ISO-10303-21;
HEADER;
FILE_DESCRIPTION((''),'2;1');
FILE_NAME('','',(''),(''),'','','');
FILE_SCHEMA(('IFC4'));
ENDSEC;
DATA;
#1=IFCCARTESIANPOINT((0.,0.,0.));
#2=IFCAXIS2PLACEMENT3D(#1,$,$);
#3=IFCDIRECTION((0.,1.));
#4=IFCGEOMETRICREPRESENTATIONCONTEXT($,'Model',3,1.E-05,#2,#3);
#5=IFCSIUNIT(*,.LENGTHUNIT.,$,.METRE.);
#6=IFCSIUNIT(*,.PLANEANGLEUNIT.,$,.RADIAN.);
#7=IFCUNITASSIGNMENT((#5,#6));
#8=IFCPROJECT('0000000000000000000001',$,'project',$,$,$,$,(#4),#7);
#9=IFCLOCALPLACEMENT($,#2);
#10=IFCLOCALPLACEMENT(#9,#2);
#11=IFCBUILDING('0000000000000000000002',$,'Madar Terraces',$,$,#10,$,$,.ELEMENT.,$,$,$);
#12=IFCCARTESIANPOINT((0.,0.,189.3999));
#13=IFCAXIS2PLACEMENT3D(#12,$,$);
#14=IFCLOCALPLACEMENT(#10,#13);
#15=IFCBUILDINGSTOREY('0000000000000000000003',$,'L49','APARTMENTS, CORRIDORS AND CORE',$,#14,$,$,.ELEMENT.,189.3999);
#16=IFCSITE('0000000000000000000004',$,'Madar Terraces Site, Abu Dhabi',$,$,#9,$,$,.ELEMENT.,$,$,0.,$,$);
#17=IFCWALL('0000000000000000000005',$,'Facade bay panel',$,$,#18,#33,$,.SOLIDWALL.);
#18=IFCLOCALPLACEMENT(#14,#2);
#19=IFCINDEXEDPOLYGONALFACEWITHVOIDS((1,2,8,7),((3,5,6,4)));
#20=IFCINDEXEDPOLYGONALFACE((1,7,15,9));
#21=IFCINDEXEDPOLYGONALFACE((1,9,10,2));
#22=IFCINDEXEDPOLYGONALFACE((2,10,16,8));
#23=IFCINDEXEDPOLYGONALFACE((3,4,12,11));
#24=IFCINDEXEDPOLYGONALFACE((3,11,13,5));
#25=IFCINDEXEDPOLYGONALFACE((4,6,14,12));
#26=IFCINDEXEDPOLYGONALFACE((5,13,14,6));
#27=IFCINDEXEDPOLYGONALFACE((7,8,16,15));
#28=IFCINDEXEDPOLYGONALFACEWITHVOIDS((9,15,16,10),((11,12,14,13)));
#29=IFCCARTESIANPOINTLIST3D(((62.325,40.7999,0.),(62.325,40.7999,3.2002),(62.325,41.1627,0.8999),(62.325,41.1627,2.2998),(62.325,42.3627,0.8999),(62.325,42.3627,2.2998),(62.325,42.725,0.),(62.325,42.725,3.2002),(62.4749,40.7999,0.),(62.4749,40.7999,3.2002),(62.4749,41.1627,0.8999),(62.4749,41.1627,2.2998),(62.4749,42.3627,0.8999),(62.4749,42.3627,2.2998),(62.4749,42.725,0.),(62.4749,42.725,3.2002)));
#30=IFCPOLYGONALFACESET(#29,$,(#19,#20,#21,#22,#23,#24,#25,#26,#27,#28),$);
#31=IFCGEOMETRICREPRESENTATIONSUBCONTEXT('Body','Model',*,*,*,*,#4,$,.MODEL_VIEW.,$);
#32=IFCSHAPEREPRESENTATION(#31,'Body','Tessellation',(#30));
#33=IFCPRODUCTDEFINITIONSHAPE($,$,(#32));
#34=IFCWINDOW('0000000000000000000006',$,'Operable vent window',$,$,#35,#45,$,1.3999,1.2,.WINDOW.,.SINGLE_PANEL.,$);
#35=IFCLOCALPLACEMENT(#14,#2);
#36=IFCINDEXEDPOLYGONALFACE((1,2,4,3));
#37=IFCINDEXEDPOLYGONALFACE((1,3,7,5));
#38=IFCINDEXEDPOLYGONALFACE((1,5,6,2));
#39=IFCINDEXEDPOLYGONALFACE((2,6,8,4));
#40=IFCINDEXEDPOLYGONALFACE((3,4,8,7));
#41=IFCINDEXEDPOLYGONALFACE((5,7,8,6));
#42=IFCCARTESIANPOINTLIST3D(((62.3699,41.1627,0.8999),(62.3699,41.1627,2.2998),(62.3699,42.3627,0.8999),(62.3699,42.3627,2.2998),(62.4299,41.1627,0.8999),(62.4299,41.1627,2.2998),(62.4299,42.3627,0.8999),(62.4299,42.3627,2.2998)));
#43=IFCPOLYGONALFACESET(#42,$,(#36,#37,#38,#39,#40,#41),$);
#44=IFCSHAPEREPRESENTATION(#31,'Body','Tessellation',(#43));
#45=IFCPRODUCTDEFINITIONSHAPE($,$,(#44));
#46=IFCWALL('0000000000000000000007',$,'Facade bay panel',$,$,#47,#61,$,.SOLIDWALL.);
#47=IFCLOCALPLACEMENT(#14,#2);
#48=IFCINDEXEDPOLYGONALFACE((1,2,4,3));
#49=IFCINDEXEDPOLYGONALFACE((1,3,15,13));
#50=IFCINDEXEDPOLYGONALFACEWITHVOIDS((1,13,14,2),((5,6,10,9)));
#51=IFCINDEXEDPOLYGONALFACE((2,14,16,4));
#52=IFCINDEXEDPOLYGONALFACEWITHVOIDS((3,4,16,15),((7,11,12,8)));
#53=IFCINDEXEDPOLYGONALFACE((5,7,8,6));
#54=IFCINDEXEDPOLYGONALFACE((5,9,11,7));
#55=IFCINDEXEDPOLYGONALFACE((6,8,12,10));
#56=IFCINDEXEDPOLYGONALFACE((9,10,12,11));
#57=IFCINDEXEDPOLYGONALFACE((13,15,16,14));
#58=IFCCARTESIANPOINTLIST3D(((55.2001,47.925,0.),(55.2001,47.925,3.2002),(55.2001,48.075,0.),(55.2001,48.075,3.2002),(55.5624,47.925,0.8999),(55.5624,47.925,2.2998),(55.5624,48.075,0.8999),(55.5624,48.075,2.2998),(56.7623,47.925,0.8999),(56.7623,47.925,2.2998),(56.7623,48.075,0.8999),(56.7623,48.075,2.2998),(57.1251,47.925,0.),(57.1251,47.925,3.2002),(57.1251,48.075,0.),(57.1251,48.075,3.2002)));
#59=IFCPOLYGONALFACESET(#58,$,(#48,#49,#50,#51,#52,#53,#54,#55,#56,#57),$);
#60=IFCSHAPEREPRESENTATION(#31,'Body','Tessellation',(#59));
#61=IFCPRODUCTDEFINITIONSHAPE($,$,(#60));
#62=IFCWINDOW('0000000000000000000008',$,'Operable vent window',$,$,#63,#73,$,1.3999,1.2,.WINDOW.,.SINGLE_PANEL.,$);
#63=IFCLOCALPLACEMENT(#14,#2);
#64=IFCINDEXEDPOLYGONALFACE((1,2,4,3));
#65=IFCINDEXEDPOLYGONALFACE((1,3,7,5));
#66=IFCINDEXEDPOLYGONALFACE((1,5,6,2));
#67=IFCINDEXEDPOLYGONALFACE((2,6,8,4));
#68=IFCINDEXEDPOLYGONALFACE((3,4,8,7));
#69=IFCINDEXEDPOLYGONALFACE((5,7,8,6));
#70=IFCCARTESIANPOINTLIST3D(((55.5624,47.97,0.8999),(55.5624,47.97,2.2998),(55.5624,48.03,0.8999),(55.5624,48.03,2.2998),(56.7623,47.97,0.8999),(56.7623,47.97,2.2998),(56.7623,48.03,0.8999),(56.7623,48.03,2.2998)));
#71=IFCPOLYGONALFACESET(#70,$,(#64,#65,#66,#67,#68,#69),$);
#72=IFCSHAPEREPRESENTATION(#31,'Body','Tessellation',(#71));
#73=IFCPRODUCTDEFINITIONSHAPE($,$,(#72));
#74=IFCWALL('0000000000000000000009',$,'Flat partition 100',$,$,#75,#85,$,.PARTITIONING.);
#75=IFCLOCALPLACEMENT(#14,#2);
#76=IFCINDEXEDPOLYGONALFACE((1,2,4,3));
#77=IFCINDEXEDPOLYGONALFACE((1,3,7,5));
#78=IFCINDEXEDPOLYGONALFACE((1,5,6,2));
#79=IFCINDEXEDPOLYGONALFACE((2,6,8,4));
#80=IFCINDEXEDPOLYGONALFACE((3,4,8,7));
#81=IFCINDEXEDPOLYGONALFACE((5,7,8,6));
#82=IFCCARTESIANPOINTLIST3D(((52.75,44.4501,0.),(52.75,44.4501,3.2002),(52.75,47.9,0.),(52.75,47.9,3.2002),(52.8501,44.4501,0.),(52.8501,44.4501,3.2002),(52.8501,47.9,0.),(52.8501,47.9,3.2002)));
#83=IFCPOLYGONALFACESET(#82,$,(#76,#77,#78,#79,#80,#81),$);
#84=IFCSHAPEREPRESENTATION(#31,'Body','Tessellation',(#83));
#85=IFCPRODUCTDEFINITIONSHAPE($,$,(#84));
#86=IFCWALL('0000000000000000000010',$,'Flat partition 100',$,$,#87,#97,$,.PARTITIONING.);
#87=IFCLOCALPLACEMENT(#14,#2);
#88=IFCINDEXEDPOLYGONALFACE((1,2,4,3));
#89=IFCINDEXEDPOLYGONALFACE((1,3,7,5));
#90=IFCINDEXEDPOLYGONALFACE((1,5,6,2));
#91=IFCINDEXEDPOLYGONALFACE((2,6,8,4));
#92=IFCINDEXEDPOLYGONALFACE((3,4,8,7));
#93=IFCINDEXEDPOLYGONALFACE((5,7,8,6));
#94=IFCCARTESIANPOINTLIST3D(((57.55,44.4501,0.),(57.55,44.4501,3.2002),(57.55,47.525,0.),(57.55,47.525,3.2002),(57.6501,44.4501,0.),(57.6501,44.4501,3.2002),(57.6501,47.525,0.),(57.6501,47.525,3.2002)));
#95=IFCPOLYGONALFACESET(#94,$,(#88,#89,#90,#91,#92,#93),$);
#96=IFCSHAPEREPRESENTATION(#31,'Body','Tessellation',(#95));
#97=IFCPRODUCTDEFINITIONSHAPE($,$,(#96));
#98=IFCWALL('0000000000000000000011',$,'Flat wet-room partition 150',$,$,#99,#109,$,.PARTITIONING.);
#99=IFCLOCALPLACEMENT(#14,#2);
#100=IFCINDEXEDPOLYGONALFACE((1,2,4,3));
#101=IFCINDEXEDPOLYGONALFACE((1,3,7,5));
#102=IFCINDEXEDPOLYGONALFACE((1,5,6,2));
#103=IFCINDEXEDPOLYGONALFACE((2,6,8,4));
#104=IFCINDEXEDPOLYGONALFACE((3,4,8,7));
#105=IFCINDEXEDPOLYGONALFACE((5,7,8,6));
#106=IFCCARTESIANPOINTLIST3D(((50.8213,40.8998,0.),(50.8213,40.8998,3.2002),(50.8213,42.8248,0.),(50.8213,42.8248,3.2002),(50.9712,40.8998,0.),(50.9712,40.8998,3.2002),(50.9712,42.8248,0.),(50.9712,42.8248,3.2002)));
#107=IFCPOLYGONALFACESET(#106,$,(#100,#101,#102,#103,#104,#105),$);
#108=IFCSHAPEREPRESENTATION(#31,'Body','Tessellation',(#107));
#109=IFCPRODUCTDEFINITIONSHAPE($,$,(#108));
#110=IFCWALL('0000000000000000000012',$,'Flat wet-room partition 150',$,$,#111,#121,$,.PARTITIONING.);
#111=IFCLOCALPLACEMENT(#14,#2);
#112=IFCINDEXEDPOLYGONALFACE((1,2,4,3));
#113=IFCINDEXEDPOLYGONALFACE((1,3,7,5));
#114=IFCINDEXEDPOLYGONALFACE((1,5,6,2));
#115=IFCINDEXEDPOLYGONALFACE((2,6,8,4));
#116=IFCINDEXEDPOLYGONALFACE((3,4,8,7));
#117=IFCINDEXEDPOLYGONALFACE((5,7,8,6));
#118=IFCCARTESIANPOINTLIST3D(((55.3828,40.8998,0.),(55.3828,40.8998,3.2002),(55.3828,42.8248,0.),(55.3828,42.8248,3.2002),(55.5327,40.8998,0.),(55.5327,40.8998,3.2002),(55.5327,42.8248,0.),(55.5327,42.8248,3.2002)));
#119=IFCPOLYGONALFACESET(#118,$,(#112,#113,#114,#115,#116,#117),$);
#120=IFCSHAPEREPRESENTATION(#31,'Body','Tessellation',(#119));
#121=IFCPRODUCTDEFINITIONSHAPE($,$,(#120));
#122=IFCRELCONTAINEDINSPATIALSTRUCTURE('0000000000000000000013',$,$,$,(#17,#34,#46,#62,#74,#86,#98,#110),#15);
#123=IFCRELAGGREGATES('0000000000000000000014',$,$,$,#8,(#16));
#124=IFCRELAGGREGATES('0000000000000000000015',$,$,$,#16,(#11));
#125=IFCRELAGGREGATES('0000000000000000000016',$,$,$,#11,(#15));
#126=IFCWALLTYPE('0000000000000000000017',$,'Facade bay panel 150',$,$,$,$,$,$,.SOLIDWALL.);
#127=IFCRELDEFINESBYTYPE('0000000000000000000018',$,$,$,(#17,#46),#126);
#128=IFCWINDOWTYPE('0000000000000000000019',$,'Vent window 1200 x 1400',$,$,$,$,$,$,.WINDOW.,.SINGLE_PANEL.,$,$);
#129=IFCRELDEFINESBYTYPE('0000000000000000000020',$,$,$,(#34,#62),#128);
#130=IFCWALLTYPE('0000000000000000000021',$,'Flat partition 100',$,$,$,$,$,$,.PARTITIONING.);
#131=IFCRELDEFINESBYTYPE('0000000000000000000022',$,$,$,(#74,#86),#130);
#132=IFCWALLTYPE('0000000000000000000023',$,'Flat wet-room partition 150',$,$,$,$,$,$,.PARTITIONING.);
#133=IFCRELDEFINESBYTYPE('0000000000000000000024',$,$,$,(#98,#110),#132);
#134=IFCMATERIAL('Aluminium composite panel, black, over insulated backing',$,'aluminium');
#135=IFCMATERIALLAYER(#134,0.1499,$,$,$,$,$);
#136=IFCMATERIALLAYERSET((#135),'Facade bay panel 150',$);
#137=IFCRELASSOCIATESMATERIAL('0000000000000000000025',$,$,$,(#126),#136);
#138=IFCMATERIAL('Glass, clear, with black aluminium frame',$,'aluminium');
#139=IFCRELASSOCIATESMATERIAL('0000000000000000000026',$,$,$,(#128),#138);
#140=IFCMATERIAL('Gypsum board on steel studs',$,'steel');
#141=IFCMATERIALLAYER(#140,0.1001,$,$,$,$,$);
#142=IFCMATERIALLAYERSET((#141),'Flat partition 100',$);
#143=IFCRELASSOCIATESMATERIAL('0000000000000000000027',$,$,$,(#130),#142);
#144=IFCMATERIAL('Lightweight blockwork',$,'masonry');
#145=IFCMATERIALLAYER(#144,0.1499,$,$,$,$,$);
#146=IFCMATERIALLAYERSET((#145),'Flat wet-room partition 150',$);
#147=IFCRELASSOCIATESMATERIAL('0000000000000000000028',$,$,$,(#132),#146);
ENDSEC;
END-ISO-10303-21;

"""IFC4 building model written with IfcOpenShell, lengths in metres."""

from ifc_helpers import new_model, si_unit, direction, frame, frame_2d, origin, place, context, subcontext, project, spatial, rectangle, extrude, material, layer, layer_set, type_object, element, fill, save


model = new_model("IFC4")

# Units and contexts
model_context = context("Model", 3, precision=1e-05, world=origin(), true_north=direction((0.0, 1.0)))
body_context = subcontext(model_context, "Body", "Model", "MODEL_VIEW")
ifc_project = project(units=[si_unit("LENGTHUNIT", "METRE"), si_unit("PLANEANGLEUNIT", "RADIAN")], contexts=[model_context])

# Site, building, storey
site_placement = place(None, origin())
site = spatial("IfcSite", under=ifc_project, at=site_placement, Name="Madar Terraces Site, Abu Dhabi", CompositionType="ELEMENT", RefElevation=0.0)
building_placement = place(site_placement, origin())
building = spatial("IfcBuilding", under=site, at=building_placement, Name="Madar Terraces", CompositionType="ELEMENT")
storey_placement = place(building_placement, frame((0.0, 0.0, 189.3999)))
storey = spatial("IfcBuildingStorey", under=building, at=storey_placement, Name="L49", Description="APARTMENTS, CORRIDORS AND CORE", CompositionType="ELEMENT", Elevation=189.3999)

# Walls, openings, windows
ifc_material_1 = material(Name="Aluminium composite panel, black, over insulated backing", Category="aluminium")
ifc_layer_1 = layer(ifc_material_1, 0.1499)
ifc_layer_set_1 = layer_set([ifc_layer_1], Name="Facade bay panel 150")
wall_type_1 = type_object("IfcWallType", Name="Facade bay panel 150", PredefinedType="SOLIDWALL", material=ifc_layer_set_1)
wall_1_placement = place(storey_placement, frame((62.3999, 40.8, 0.0), z_axis=(0.0, 0.0, 1.0), x_axis=(0.0, 1.0, 0.0)))
wall_1 = element("IfcWall", 1, at=wall_1_placement, inside=storey, type_object=wall_type_1, Name="Facade bay panel", PredefinedType="SOLIDWALL", context=body_context, shape_type="SweptSolid", body=[
    extrude(rectangle(XDim=1.925, YDim=0.1499, at=frame_2d((0.9624, 0.0))), origin(), (0.0, 0.0, 1.0), 3.2002),
])
opening_1_placement = place(wall_1_placement, frame((0.3625, 0.0, 0.8999)))
opening_1 = element("IfcOpeningElement", 2, at=opening_1_placement, cuts=wall_1, PredefinedType="OPENING", context=body_context, shape_type="SweptSolid", body=[
    extrude(rectangle(XDim=1.2, YDim=1.3999, at=frame_2d((0.6001, 0.7))), frame((0.0, 0.085, 0.0), z_axis=(0.0, -1.0, 0.0), x_axis=(1.0, 0.0, 0.0)), (0.0, 0.0, 1.0), 0.1699),
])
ifc_material_2 = material(Name="Glass, clear, with black aluminium frame", Category="aluminium")
window_type = type_object("IfcWindowType", Name="Vent window 1200 x 1400", PartitioningType="SINGLE_PANEL", PredefinedType="WINDOW", material=ifc_material_2)
window_1_placement = place(opening_1_placement, origin())
window_1 = element("IfcWindow", 3, at=window_1_placement, inside=storey, type_object=window_type, Name="Operable vent window", OverallHeight=1.3999, OverallWidth=1.2, PartitioningType="SINGLE_PANEL", PredefinedType="WINDOW", context=body_context, shape_type="SweptSolid", body=[
    extrude(rectangle(XDim=1.2, YDim=1.3999, at=frame_2d((0.6001, 0.7))), frame((0.0, 0.03, 0.0), z_axis=(0.0, -1.0, 0.0), x_axis=(1.0, 0.0, 0.0)), (0.0, 0.0, 1.0), 0.0601),
])
fill(opening_1, window_1)
wall_2_placement = place(storey_placement, frame((57.125, 48.0, 0.0), z_axis=(0.0, 0.0, 1.0), x_axis=(-1.0, 0.0, 0.0)))
wall_2 = element("IfcWall", 4, at=wall_2_placement, inside=storey, type_object=wall_type_1, Name="Facade bay panel", PredefinedType="SOLIDWALL", context=body_context, shape_type="SweptSolid", body=[
    extrude(rectangle(XDim=1.925, YDim=0.1499, at=frame_2d((0.9624, 0.0))), origin(), (0.0, 0.0, 1.0), 3.2002),
])
opening_2_placement = place(wall_2_placement, frame((0.3625, 0.0, 0.8999)))
opening_2 = element("IfcOpeningElement", 5, at=opening_2_placement, cuts=wall_2, PredefinedType="OPENING", context=body_context, shape_type="SweptSolid", body=[
    extrude(rectangle(XDim=1.2, YDim=1.3999, at=frame_2d((0.6001, 0.7))), frame((0.0, 0.085, 0.0), z_axis=(0.0, -1.0, 0.0), x_axis=(1.0, 0.0, 0.0)), (0.0, 0.0, 1.0), 0.1699),
])
window_2_placement = place(opening_2_placement, origin())
window_2 = element("IfcWindow", 6, at=window_2_placement, inside=storey, type_object=window_type, Name="Operable vent window", OverallHeight=1.3999, OverallWidth=1.2, PartitioningType="SINGLE_PANEL", PredefinedType="WINDOW", context=body_context, shape_type="SweptSolid", body=[
    extrude(rectangle(XDim=1.2, YDim=1.3999, at=frame_2d((0.6001, 0.7))), frame((0.0, 0.03, 0.0), z_axis=(0.0, -1.0, 0.0), x_axis=(1.0, 0.0, 0.0)), (0.0, 0.0, 1.0), 0.0601),
])
fill(opening_2, window_2)

# Walls
ifc_material_3 = material(Name="Gypsum board on steel studs", Category="steel")
ifc_layer_2 = layer(ifc_material_3, 0.1001)
ifc_layer_set_2 = layer_set([ifc_layer_2], Name="Flat partition 100")
wall_type_2 = type_object("IfcWallType", Name="Flat partition 100", PredefinedType="PARTITIONING", material=ifc_layer_set_2)
wall_3_placement = place(storey_placement, frame((52.8, 44.45, 0.0), z_axis=(0.0, 0.0, 1.0), x_axis=(0.0, 1.0, 0.0)))
element("IfcWall", 7, at=wall_3_placement, inside=storey, type_object=wall_type_2, Name="Flat partition 100", PredefinedType="PARTITIONING", context=body_context, shape_type="SweptSolid", body=[
    extrude(rectangle(XDim=3.45, YDim=0.1001, at=frame_2d((1.7251, 0.0))), origin(), (0.0, 0.0, 1.0), 3.2002),
])
wall_4_placement = place(storey_placement, frame((57.6001, 44.45, 0.0), z_axis=(0.0, 0.0, 1.0), x_axis=(0.0, 1.0, 0.0)))
element("IfcWall", 8, at=wall_4_placement, inside=storey, type_object=wall_type_2, Name="Flat partition 100", PredefinedType="PARTITIONING", context=body_context, shape_type="SweptSolid", body=[
    extrude(rectangle(XDim=3.075, YDim=0.1001, at=frame_2d((1.5376, 0.0))), origin(), (0.0, 0.0, 1.0), 3.2002),
])
ifc_material_4 = material(Name="Lightweight blockwork", Category="masonry")
ifc_layer_3 = layer(ifc_material_4, 0.1499)
ifc_layer_set_3 = layer_set([ifc_layer_3], Name="Flat wet-room partition 150")
wall_type_3 = type_object("IfcWallType", Name="Flat wet-room partition 150", PredefinedType="PARTITIONING", material=ifc_layer_set_3)
for number, where, z_axis, x_axis, name in (
    (9, (50.8962, 40.8999, 0.0), (0.0, 0.0, 1.0), (0.0, 1.0, 0.0), "Flat wet-room partition 150"),
    (10, (55.4578, 40.8999, 0.0), (0.0, 0.0, 1.0), (0.0, 1.0, 0.0), "Flat wet-room partition 150"),
):
    element("IfcWall", number, at=place(storey_placement, frame(where, z_axis=z_axis, x_axis=x_axis)), inside=storey, type_object=wall_type_3, Name=name, PredefinedType="PARTITIONING", context=body_context, shape_type="SweptSolid", body=[
        extrude(rectangle(XDim=1.925, YDim=0.1499, at=frame_2d((0.9624, 0.0))), origin(), (0.0, 0.0, 1.0), 3.2002),
    ])

save(model, "model.ifc")
